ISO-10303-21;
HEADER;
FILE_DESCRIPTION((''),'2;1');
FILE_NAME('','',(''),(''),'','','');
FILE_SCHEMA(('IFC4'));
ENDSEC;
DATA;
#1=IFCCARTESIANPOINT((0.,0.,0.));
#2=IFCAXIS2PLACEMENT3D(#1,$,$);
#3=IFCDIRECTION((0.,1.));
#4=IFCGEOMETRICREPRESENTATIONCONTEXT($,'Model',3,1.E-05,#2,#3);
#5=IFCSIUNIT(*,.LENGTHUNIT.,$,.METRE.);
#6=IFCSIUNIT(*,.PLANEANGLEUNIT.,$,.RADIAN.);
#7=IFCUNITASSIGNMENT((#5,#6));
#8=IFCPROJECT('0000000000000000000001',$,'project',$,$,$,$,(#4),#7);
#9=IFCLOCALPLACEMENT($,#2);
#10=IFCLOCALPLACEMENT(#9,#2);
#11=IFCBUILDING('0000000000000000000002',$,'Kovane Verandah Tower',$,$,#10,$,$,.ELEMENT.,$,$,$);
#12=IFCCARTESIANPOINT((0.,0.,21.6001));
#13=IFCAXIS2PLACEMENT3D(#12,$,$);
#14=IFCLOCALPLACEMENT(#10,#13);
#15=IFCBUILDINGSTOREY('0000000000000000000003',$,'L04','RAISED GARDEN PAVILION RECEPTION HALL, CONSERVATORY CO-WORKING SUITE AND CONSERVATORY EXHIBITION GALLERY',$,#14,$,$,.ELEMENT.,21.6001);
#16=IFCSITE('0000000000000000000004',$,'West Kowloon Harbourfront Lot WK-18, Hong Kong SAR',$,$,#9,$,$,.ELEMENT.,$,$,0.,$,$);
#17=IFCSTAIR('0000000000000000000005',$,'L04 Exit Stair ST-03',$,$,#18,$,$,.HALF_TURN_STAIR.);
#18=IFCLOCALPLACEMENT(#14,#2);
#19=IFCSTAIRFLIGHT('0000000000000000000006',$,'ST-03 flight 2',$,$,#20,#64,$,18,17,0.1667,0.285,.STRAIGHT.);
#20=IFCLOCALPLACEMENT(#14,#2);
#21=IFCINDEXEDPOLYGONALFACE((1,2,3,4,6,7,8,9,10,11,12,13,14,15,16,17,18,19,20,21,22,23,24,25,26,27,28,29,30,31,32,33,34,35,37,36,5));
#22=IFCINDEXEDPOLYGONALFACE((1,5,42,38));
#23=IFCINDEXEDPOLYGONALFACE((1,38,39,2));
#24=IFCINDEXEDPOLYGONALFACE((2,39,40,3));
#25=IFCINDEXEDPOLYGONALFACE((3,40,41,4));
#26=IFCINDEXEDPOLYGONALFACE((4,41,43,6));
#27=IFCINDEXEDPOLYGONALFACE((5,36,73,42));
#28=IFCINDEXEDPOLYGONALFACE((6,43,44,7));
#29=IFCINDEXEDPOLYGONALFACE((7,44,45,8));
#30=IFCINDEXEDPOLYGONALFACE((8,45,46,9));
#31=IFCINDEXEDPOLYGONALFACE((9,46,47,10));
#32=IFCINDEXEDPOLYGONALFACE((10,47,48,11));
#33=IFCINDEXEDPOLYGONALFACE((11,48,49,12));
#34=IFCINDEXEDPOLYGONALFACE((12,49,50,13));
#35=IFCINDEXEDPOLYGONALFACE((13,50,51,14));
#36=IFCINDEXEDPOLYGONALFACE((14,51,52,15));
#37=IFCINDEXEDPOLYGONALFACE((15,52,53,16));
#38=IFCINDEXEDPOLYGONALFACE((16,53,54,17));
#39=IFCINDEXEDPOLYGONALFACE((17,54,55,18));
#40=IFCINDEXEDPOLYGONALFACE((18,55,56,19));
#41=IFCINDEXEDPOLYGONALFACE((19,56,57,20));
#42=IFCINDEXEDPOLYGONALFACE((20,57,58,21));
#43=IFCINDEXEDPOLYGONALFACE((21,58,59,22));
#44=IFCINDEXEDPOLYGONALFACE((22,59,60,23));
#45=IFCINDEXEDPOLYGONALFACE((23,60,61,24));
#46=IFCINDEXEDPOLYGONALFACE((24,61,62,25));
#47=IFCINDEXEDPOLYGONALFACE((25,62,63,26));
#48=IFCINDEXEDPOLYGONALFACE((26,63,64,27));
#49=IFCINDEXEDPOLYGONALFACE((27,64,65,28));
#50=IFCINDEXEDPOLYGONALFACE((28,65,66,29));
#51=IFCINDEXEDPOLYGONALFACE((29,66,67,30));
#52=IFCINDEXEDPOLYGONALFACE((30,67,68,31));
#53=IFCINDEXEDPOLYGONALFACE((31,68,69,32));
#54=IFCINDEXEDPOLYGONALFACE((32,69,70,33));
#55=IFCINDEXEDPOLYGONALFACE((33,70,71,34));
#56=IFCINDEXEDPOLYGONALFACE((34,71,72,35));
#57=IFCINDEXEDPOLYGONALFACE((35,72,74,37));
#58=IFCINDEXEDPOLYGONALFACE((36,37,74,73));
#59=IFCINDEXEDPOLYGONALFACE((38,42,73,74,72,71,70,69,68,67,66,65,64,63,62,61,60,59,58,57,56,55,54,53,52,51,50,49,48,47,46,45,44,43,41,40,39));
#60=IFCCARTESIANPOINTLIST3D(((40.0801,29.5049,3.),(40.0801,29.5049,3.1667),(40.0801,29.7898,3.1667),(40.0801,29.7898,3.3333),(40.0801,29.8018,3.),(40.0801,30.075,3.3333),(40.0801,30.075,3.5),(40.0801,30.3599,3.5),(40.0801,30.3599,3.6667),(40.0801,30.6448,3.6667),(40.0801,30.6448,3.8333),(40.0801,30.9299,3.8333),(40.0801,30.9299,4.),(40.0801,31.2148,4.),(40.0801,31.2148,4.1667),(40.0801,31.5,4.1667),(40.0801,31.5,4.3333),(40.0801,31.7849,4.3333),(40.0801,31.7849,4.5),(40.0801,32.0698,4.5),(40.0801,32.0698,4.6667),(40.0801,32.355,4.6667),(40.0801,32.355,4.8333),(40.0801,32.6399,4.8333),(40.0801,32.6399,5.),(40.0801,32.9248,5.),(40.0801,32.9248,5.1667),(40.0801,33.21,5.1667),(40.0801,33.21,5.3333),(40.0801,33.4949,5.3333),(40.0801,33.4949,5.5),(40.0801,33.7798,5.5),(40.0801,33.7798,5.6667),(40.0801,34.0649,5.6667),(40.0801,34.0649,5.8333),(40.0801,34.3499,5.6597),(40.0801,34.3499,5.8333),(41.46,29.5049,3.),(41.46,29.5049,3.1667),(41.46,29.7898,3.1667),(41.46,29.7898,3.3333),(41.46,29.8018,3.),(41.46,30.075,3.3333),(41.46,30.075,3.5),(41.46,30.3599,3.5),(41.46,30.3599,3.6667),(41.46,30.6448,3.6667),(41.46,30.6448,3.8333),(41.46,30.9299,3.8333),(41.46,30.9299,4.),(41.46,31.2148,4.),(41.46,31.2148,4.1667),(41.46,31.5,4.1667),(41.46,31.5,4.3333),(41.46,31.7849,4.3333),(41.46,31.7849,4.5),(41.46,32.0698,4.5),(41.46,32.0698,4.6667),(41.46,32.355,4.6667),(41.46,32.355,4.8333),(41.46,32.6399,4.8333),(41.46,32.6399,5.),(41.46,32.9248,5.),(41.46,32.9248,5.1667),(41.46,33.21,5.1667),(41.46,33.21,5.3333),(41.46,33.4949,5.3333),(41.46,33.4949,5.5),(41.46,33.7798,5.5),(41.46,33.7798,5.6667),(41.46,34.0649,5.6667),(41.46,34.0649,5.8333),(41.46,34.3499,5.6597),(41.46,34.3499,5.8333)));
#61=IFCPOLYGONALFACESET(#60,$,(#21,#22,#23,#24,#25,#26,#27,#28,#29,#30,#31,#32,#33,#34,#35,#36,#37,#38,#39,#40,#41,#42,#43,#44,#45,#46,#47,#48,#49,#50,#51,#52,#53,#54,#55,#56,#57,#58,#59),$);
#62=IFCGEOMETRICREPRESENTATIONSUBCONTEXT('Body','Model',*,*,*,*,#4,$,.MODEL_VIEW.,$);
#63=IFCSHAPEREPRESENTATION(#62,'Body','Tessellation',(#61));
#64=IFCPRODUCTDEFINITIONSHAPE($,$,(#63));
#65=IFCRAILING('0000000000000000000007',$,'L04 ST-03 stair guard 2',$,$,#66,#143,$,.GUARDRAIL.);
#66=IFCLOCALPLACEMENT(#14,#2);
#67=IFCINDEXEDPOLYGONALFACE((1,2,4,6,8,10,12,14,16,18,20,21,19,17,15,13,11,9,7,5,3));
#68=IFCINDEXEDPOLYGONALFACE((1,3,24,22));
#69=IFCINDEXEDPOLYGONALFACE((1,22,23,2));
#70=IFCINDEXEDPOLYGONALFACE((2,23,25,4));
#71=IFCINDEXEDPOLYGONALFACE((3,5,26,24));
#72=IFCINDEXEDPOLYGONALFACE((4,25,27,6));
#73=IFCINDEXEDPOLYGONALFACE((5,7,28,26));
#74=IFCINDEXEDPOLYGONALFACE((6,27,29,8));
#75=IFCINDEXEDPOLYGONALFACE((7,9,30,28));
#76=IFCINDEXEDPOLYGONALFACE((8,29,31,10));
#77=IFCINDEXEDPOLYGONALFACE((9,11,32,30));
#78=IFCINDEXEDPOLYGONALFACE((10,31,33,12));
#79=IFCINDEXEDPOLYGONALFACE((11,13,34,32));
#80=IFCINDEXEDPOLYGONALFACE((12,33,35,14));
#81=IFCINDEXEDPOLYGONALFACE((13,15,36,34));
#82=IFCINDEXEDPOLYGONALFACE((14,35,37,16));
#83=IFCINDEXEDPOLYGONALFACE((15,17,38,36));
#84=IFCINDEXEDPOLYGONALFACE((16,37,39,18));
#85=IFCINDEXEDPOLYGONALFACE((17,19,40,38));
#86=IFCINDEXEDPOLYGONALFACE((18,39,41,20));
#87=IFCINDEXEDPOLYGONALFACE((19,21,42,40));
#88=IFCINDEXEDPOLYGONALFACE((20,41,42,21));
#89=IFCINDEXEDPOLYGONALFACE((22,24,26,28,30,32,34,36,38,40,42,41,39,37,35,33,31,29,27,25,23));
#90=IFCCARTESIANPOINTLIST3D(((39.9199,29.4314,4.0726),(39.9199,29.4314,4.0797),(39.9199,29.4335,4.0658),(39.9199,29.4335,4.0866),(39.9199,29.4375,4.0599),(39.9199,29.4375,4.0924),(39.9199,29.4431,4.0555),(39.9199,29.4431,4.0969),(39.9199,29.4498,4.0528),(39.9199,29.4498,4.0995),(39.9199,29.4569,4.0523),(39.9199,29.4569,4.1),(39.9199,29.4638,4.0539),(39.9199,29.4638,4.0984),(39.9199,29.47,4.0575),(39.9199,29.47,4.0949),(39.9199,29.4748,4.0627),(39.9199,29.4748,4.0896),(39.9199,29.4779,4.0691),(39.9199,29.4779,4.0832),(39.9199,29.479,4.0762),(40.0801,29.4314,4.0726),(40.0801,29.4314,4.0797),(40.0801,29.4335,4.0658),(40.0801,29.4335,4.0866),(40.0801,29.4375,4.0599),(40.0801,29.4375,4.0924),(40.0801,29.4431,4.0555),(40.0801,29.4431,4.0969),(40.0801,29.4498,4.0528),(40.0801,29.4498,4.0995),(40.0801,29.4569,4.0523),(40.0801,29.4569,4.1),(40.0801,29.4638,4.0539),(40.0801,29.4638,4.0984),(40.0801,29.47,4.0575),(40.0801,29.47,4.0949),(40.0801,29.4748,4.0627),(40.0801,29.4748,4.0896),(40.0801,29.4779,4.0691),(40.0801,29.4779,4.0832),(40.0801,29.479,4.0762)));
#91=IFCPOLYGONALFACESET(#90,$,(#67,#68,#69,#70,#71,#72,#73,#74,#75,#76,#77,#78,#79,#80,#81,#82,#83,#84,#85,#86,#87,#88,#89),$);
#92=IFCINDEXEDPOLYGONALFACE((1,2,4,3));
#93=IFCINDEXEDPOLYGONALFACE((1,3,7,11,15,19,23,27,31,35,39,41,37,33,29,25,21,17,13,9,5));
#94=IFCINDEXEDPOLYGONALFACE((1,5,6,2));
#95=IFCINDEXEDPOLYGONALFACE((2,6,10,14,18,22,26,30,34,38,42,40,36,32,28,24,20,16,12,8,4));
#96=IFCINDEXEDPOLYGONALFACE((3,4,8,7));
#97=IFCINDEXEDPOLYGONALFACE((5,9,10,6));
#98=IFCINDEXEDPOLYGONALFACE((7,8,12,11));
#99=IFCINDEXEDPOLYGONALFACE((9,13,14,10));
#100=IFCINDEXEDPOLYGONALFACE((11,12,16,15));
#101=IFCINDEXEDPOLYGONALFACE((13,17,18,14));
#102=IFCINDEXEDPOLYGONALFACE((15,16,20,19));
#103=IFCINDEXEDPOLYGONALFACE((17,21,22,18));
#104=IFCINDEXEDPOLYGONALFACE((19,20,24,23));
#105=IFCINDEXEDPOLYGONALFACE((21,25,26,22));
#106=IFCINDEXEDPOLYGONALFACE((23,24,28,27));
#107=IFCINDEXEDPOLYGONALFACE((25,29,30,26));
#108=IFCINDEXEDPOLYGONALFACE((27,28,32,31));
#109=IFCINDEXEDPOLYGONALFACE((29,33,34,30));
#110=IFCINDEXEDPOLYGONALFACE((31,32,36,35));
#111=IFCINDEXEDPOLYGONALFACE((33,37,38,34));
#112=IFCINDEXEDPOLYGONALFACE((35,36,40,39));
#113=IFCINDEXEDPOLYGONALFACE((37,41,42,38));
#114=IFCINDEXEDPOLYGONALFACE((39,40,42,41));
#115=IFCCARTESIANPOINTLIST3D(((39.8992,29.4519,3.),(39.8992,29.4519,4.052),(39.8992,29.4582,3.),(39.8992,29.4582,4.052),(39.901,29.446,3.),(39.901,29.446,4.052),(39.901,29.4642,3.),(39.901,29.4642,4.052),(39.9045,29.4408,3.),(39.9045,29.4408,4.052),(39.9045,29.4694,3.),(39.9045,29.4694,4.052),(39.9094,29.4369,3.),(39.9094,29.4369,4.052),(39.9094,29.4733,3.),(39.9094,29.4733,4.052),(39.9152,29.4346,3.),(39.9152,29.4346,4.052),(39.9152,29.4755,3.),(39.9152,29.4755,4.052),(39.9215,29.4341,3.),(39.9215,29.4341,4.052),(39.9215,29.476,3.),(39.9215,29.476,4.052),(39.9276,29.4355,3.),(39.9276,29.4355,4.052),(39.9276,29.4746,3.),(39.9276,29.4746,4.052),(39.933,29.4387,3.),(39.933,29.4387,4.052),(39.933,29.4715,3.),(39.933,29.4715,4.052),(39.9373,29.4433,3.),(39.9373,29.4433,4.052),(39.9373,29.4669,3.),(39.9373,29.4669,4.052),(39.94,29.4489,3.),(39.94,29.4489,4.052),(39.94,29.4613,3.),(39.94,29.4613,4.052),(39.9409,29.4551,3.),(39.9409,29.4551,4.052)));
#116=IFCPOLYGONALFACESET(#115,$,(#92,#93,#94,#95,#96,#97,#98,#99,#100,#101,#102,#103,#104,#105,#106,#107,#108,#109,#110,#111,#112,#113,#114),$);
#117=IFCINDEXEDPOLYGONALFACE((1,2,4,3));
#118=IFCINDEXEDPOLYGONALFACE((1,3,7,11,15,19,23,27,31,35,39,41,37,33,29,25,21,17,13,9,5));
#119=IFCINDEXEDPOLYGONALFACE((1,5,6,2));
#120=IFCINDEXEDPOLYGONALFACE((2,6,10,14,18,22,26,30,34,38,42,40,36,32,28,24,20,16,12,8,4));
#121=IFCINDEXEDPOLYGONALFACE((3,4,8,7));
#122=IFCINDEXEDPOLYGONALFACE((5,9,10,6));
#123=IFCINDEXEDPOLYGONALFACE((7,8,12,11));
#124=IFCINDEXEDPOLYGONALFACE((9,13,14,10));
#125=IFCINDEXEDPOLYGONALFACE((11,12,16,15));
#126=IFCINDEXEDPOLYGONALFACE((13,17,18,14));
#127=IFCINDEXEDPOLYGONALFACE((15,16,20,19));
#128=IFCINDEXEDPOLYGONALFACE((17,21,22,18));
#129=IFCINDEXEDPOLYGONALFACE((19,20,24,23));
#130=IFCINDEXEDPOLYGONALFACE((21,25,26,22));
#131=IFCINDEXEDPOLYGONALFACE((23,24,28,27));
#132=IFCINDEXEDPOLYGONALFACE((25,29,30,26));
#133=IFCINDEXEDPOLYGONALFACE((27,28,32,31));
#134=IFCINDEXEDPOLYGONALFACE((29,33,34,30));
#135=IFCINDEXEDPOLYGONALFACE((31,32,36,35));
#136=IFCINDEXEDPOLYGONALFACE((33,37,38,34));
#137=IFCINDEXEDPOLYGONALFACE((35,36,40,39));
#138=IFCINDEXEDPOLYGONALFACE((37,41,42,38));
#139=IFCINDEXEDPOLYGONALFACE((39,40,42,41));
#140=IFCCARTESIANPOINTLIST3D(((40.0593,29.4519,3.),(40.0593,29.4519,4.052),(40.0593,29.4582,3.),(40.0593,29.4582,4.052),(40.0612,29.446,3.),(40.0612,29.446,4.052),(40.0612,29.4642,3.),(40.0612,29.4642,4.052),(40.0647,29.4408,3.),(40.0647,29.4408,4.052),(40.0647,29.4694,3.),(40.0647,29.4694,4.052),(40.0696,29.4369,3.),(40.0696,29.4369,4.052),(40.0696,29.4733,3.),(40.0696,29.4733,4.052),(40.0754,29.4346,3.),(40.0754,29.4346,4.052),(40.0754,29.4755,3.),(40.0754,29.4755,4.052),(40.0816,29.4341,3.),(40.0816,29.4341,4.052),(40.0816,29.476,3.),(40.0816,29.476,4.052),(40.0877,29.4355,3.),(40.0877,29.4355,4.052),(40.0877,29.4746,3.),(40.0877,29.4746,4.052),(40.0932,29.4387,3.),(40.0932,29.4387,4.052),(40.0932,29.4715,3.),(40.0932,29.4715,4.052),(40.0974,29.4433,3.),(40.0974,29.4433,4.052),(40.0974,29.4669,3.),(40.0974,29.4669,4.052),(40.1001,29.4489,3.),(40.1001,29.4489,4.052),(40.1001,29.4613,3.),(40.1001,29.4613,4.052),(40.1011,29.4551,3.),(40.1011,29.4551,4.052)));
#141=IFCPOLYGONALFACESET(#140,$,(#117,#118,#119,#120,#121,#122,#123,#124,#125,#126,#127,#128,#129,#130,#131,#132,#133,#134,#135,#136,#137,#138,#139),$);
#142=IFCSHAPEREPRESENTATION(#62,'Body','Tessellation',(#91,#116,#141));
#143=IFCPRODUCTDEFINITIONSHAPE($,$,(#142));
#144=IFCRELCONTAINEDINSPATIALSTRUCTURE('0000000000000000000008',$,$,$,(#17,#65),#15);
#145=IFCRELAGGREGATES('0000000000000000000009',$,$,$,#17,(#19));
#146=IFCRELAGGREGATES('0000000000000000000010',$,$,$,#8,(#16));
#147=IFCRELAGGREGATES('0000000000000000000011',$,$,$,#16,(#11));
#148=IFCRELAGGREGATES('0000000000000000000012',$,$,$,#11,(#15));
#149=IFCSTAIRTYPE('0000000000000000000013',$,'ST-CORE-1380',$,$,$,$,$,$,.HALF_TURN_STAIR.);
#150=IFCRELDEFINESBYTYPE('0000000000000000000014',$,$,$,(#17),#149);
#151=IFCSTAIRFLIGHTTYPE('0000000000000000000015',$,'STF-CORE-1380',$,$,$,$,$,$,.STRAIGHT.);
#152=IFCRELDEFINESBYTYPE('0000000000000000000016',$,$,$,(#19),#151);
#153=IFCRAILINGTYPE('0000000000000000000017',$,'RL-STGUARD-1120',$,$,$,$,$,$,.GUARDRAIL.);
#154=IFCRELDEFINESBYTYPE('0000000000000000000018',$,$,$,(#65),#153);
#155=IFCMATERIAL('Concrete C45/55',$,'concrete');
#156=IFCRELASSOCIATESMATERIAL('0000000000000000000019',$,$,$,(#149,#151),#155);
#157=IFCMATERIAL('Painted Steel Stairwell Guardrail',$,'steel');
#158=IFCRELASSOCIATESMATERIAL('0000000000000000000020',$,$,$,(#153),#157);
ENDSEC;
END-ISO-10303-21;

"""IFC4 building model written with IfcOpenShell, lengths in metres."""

from ifc_helpers import new_model, si_unit, direction, frame, origin, origin_2d, place, context, subcontext, project, spatial, polyline, circle, outline, extrude, material, type_object, element, aggregate, save


model = new_model("IFC4")

# Units and contexts
model_context = context("Model", 3, precision=1e-05, world=origin(), true_north=direction((0.0, 1.0)))
body_context = subcontext(model_context, "Body", "Model", "MODEL_VIEW")
ifc_project = project(units=[si_unit("LENGTHUNIT", "METRE"), si_unit("PLANEANGLEUNIT", "RADIAN")], contexts=[model_context])

# Site, building, storey
site_placement = place(None, origin())
site = spatial("IfcSite", under=ifc_project, at=site_placement, Name="West Kowloon Harbourfront Lot WK-18, Hong Kong SAR", CompositionType="ELEMENT", RefElevation=0.0)
building_placement = place(site_placement, origin())
building = spatial("IfcBuilding", under=site, at=building_placement, Name="Kovane Verandah Tower", CompositionType="ELEMENT")
storey_placement = place(building_placement, frame((0.0, 0.0, 21.6001)))
storey = spatial("IfcBuildingStorey", under=building, at=storey_placement, Name="L04", Description="RAISED GARDEN PAVILION RECEPTION HALL, CONSERVATORY CO-WORKING SUITE AND CONSERVATORY EXHIBITION GALLERY", CompositionType="ELEMENT", Elevation=21.6001)

# Shared definitions
ifc_material_1 = material(Name="Concrete C45/55", Category="concrete")

# Stair, stair flight
stair_type = type_object("IfcStairType", Name="ST-CORE-1380", PredefinedType="HALF_TURN_STAIR", material=ifc_material_1)
stair_placement = place(storey_placement, origin())
stair = element("IfcStair", 1, at=stair_placement, inside=storey, type_object=stair_type, Name="L04 Exit Stair ST-03", PredefinedType="HALF_TURN_STAIR")
stair_flight_type = type_object("IfcStairFlightType", Name="STF-CORE-1380", PredefinedType="STRAIGHT", material=ifc_material_1)
stair_flight_placement = place(storey_placement, frame((40.77, 29.5049, 3.0), z_axis=(0.0, 0.0, 1.0), x_axis=(0.0, 1.0, 0.0)))
stair_flight = element("IfcStairFlight", 2, at=stair_flight_placement, type_object=stair_flight_type, Name="ST-03 flight 2", NumberOfRisers=18, NumberOfTreads=17, PredefinedType="STRAIGHT", RiserHeight=0.1667, TreadLength=0.285, context=body_context, shape_type="SweptSolid", body=[
    extrude(outline(polyline([(0.0, 0.0), (0.0, 0.1667), (0.2849, 0.1667), (0.2849, 0.3333), (0.5701, 0.3333), (0.5701, 0.5), (0.855, 0.5), (0.855, 0.6667), (1.1399, 0.6667), (1.1399, 0.8333), (1.425, 0.8333), (1.425, 1.0), (1.71, 1.0), (1.71, 1.1667), (1.9951, 1.1667), (1.9951, 1.3333), (2.28, 1.3333), (2.28, 1.5), (2.5649, 1.5), (2.5649, 1.6667), (2.8501, 1.6667), (2.8501, 1.8333), (3.135, 1.8333), (3.135, 2.0), (3.4199, 2.0), (3.4199, 2.1667), (3.7051, 2.1667), (3.7051, 2.3333), (3.99, 2.3333), (3.99, 2.5), (4.2749, 2.5), (4.2749, 2.6667), (4.5601, 2.6667), (4.5601, 2.8333), (4.845, 2.8333), (4.845, 3.0), (4.845, 2.6597), (0.2969, 0.0), (0.0, 0.0)])), frame((0.0, 0.6899, 0.0), z_axis=(0.0, -1.0, 0.0), x_axis=(1.0, 0.0, 0.0)), (0.0, 0.0, 1.0), 1.3799),
])
aggregate(stair, [stair_flight])

# Railing
ifc_material_2 = material(Name="Painted Steel Stairwell Guardrail", Category="steel")
railing_type_1 = type_object("IfcRailingType", Name="RL-STGUARD-1120", PredefinedType="GUARDRAIL", material=ifc_material_2)
railing_1_placement = place(storey_placement, frame((39.9199, 29.4551, 3.0)))
element("IfcRailing", 3, at=railing_1_placement, inside=storey, type_object=railing_type_1, Name="L04 ST-03 stair guard 2", PredefinedType="GUARDRAIL", context=body_context, shape_type="SweptSolid", body=[
    extrude(circle(Radius=0.0239, at=origin_2d()), frame((0.0, 0.0, 1.0762), z_axis=(1.0, 0.0, 0.0), x_axis=(0.0, 1.0, 0.0)), (0.0, 0.0, 1.0), 0.1602),
    extrude(circle(Radius=0.021, at=origin_2d()), origin(), (0.0, 0.0, 1.0), 1.052),
    extrude(circle(Radius=0.021, at=origin_2d()), frame((0.1602, 0.0, 0.0)), (0.0, 0.0, 1.0), 1.052),
])

save(model, "model.ifc")
